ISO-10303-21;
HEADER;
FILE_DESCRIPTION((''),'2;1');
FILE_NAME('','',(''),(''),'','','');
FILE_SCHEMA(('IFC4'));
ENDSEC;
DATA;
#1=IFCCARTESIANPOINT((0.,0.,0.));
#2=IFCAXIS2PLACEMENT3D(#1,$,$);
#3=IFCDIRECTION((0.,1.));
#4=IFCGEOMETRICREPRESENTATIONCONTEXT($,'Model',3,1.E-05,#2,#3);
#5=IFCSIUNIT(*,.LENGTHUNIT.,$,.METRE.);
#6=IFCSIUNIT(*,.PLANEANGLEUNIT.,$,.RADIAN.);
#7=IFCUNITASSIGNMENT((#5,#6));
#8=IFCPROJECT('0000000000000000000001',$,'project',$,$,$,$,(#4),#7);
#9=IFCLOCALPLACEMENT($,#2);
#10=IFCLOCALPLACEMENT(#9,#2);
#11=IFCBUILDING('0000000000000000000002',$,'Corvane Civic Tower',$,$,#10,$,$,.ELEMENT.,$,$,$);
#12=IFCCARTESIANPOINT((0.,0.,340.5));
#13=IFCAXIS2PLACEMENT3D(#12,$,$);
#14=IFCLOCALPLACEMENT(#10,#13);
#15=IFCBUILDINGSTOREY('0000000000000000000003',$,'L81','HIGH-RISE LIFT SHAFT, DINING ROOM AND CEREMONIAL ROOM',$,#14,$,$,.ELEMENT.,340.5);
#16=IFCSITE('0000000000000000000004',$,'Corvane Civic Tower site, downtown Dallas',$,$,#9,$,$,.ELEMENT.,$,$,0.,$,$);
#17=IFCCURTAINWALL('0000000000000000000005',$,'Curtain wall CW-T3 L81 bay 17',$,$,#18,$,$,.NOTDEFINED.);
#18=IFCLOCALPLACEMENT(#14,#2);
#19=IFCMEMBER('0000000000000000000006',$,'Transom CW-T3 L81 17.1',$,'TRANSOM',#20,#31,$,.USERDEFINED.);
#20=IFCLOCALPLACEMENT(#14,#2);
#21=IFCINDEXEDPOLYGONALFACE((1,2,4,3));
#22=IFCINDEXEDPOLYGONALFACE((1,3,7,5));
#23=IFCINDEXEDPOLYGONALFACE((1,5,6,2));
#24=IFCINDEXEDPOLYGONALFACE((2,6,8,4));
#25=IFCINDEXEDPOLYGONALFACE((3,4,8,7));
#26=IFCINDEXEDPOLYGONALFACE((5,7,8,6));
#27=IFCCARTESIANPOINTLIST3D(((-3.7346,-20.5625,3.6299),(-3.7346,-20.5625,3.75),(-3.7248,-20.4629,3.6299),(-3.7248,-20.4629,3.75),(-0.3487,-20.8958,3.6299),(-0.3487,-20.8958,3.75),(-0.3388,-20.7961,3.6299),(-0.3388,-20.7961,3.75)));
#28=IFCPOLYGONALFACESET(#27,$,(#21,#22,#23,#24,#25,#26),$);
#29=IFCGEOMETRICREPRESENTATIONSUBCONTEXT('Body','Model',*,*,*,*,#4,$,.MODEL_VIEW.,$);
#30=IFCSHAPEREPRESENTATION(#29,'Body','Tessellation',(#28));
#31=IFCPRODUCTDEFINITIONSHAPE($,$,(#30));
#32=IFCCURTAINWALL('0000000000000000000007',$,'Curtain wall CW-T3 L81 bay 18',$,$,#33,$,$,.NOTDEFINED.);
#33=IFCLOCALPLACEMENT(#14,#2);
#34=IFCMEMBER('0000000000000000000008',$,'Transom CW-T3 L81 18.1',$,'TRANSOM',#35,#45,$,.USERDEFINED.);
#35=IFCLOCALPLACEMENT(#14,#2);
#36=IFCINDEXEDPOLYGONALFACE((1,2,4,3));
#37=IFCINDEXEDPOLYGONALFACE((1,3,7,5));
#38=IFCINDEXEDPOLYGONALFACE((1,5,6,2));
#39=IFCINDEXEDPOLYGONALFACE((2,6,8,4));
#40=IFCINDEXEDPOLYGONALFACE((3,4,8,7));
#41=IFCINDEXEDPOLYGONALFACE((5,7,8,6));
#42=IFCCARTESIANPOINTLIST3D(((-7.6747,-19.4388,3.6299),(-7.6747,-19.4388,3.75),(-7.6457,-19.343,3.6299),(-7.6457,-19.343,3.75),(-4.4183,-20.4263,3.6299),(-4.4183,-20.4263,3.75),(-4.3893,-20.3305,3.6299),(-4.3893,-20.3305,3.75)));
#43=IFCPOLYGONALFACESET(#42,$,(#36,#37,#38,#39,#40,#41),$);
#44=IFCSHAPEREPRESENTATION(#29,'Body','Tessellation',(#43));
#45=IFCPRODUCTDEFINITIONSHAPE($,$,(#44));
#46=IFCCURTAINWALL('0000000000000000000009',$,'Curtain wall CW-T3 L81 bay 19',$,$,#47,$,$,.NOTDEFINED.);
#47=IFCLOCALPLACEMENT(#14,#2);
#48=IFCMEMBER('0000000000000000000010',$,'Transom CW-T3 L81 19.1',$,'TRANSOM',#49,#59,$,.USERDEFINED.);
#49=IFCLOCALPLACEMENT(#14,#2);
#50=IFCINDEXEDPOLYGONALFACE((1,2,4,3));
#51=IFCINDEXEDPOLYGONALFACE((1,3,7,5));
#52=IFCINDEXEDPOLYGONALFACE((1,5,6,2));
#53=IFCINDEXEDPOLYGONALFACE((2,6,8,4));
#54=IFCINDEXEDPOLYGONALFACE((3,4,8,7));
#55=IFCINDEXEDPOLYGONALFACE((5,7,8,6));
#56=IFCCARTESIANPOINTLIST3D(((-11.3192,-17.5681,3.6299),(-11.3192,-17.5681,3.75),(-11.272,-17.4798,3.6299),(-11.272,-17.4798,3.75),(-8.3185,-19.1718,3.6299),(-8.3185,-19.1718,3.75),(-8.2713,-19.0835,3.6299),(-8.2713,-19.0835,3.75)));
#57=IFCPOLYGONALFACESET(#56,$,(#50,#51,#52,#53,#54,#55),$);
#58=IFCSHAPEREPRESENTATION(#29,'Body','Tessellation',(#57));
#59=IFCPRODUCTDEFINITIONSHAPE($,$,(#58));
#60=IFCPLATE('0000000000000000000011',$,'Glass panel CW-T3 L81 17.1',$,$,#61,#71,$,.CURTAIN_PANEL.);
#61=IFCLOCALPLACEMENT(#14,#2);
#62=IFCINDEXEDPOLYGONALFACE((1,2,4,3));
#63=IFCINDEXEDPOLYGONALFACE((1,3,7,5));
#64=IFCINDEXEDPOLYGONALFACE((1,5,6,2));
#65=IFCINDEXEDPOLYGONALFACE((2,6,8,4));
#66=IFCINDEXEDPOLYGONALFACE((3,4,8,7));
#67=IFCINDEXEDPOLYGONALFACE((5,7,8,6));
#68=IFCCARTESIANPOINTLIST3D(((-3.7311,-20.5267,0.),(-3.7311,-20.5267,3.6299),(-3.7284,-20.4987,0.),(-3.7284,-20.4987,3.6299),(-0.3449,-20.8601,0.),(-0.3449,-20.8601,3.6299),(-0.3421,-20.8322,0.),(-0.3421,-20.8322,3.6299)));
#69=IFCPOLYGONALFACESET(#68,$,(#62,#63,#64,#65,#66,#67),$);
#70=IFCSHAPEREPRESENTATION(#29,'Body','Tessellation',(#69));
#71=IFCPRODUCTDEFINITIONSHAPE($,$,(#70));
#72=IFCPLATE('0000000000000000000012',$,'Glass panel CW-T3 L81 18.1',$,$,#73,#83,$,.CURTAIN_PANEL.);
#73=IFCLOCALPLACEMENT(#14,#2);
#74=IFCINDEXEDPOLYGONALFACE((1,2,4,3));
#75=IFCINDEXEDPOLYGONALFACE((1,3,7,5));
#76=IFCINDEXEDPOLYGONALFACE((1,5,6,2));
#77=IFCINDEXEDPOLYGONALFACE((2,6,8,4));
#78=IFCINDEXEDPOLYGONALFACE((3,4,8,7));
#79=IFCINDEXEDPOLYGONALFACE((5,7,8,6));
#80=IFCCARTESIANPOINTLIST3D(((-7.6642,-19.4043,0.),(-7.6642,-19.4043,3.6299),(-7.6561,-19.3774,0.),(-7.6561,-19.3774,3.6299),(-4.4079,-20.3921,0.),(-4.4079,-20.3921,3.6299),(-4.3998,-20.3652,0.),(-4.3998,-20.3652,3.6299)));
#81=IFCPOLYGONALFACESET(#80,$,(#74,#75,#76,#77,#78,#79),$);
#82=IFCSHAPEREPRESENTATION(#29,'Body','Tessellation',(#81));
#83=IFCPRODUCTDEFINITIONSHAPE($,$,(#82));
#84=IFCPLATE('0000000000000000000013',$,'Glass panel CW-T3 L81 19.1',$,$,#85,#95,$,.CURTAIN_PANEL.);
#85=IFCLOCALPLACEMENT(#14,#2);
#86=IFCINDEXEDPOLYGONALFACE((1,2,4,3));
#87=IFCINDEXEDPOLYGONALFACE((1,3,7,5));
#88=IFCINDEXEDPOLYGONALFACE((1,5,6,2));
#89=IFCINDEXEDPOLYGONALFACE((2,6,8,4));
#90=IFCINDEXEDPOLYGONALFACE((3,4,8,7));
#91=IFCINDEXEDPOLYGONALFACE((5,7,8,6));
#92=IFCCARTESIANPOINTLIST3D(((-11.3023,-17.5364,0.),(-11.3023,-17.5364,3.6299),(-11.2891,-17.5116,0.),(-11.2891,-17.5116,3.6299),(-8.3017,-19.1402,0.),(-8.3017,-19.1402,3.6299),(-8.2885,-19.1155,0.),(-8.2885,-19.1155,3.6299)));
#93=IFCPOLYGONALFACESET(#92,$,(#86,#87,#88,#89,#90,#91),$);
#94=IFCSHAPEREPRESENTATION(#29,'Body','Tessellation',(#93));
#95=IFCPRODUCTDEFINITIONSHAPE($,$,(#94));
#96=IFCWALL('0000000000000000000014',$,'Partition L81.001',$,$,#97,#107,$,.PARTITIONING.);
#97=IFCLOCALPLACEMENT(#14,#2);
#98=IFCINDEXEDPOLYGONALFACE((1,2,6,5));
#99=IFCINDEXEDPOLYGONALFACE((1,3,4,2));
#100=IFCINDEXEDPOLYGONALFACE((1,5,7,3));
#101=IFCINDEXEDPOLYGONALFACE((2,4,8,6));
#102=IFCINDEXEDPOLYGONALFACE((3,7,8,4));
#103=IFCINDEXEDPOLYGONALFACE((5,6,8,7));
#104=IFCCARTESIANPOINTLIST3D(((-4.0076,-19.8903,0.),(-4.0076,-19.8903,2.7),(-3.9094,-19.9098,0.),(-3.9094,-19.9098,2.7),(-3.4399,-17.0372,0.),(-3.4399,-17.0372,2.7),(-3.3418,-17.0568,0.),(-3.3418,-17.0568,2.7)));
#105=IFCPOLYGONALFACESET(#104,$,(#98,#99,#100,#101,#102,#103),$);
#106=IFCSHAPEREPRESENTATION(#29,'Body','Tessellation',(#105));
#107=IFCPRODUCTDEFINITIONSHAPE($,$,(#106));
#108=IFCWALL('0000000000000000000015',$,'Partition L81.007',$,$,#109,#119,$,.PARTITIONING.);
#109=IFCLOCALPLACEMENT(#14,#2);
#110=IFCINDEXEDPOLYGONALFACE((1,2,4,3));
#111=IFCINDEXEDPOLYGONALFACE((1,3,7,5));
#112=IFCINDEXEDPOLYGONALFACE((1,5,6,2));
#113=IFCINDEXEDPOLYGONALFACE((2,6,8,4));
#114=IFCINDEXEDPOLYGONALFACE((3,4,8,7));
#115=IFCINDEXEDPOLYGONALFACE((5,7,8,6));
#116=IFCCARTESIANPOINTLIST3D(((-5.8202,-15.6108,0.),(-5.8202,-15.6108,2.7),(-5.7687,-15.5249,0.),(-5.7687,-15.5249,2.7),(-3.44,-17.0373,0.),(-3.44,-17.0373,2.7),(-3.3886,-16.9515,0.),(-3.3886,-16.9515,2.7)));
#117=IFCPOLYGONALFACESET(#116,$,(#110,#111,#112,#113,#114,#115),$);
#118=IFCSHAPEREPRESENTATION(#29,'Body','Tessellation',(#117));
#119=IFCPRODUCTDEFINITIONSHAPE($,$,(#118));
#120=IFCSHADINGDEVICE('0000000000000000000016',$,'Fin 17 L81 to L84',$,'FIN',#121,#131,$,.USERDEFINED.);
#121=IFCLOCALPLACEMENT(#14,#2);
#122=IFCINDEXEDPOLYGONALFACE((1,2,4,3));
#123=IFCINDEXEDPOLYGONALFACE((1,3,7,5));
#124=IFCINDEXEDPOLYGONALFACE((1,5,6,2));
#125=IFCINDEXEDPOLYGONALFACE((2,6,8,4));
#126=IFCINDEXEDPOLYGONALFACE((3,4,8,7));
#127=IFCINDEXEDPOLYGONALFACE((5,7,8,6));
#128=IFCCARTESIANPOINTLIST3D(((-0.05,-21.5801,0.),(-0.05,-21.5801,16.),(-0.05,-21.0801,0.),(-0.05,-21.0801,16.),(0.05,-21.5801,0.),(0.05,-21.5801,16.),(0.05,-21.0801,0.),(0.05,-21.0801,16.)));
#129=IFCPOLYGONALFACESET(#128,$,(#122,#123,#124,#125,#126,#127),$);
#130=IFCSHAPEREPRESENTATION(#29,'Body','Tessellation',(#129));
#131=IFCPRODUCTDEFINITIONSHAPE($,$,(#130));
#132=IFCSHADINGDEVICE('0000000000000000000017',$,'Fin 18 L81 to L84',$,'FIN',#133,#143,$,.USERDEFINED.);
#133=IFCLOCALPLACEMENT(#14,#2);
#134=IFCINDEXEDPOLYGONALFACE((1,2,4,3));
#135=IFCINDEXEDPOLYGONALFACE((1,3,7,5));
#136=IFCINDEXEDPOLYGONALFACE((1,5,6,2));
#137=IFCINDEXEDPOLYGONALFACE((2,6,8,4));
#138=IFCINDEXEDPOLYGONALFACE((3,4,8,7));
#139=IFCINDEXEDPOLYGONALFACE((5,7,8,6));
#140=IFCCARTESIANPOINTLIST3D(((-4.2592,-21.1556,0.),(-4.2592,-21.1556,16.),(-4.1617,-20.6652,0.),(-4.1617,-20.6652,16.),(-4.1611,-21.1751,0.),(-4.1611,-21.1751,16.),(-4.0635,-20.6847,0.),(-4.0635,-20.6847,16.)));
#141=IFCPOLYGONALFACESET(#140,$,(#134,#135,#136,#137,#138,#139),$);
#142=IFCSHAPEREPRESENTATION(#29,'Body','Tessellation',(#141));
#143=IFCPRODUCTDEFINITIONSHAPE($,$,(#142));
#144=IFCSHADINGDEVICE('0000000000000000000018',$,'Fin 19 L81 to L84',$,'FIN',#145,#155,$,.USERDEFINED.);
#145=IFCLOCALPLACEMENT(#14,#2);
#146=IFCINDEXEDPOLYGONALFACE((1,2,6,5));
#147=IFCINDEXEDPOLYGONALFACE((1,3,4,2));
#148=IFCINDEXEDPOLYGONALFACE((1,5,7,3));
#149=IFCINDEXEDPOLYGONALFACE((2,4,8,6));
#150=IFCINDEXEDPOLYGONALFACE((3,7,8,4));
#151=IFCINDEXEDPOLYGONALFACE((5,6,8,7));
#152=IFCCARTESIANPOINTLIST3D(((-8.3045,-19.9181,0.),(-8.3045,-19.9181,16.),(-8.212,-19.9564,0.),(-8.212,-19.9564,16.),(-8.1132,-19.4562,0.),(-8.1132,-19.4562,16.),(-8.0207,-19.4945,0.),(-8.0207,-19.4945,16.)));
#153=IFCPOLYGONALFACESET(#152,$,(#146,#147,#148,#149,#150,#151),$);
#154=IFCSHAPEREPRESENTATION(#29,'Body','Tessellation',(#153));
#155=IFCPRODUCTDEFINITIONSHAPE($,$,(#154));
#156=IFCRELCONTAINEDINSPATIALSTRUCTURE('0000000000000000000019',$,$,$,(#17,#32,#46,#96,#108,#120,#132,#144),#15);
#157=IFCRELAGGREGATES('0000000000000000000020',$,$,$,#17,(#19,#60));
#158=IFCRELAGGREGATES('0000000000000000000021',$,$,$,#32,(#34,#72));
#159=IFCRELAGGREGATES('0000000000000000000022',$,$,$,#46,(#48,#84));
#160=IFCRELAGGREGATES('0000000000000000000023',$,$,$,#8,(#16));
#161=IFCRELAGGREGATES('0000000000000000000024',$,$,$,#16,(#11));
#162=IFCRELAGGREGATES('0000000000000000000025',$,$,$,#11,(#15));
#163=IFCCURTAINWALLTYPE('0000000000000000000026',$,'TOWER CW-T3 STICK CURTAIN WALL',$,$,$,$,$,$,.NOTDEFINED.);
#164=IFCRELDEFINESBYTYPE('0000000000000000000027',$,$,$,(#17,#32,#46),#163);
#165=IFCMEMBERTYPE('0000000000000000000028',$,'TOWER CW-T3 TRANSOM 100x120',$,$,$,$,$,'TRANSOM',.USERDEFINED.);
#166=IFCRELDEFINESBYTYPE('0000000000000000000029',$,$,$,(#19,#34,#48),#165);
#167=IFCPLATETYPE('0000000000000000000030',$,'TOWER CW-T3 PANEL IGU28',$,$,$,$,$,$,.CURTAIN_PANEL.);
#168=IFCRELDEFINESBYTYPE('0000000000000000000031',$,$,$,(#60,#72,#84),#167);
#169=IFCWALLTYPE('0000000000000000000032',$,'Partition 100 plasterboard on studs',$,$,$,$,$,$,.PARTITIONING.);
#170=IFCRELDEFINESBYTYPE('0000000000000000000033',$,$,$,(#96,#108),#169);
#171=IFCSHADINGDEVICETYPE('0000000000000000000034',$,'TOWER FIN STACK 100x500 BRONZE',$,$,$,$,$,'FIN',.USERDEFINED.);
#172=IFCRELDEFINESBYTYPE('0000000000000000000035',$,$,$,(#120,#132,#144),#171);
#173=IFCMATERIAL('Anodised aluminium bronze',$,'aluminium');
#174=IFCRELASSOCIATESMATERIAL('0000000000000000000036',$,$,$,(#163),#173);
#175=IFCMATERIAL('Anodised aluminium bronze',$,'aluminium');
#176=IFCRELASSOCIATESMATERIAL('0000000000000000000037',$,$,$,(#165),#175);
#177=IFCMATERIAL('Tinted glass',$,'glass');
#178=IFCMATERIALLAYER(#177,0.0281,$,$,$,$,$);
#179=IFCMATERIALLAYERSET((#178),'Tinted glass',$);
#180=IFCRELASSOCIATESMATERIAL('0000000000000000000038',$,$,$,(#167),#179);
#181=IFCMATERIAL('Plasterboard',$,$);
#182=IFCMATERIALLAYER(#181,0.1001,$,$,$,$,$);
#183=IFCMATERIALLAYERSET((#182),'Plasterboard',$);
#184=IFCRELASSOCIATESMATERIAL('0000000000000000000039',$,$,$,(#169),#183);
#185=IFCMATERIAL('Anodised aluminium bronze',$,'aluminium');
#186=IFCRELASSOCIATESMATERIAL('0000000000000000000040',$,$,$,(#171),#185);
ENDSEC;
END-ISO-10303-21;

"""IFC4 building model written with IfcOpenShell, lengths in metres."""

from ifc_helpers import new_model, si_unit, direction, frame, frame_2d, origin, origin_2d, place, context, subcontext, project, spatial, rectangle, extrude, material, layer, layer_set, material_profile, profile_set, type_object, element, aggregate, save


model = new_model("IFC4")

# Units and contexts
model_context = context("Model", 3, precision=1e-05, world=origin(), true_north=direction((0.0, 1.0)))
body_context = subcontext(model_context, "Body", "Model", "MODEL_VIEW")
ifc_project = project(units=[si_unit("LENGTHUNIT", "METRE"), si_unit("PLANEANGLEUNIT", "RADIAN")], contexts=[model_context])

# Site, building, storey
site_placement = place(None, origin())
site = spatial("IfcSite", under=ifc_project, at=site_placement, Name="Corvane Civic Tower site, downtown Dallas", CompositionType="ELEMENT", RefElevation=0.0)
building_placement = place(site_placement, origin())
building = spatial("IfcBuilding", under=site, at=building_placement, Name="Corvane Civic Tower", CompositionType="ELEMENT")
storey_placement = place(building_placement, frame((0.0, 0.0, 340.5)))
storey = spatial("IfcBuildingStorey", under=building, at=storey_placement, Name="L81", Description="HIGH-RISE LIFT SHAFT, DINING ROOM AND CEREMONIAL ROOM", CompositionType="ELEMENT", Elevation=340.5)

# Curtain walls, members
ifc_material_1 = material(Name="Anodised aluminium bronze", Category="aluminium")
curtain_wall_type = type_object("IfcCurtainWallType", Name="TOWER CW-T3 STICK CURTAIN WALL", PredefinedType="NOTDEFINED", material=ifc_material_1)
curtain_wall_1_placement = place(storey_placement, origin())
curtain_wall_1 = element("IfcCurtainWall", 1, at=curtain_wall_1_placement, inside=storey, type_object=curtain_wall_type, Name="Curtain wall CW-T3 L81 bay 17", PredefinedType="NOTDEFINED")
ifc_material_2 = material(Name="Anodised aluminium bronze", Category="aluminium")
ifc_material_profile_1 = material_profile(ifc_material_2, rectangle(XDim=0.1001, YDim=0.1201, at=origin_2d()), Name="TOWER CW-T3 TRANSOM 100x120")
ifc_profile_set_1 = profile_set([ifc_material_profile_1], Name="Anodised aluminium bronze")
member_type = type_object("IfcMemberType", Name="TOWER CW-T3 TRANSOM 100x120", ElementType="TRANSOM", PredefinedType="USERDEFINED", material=ifc_profile_set_1)
member_1_placement = place(storey_placement, frame((-0.3438, -20.8459, 3.6899), z_axis=(-0.995192, 0.097948, 0.0), x_axis=(-0.097948, -0.995192, 0.0)))
member_1 = element("IfcMember", 2, at=member_1_placement, type_object=member_type, Name="Transom CW-T3 L81 17.1", ObjectType="TRANSOM", PredefinedType="USERDEFINED", context=body_context, shape_type="SweptSolid", body=[
    extrude(rectangle(XDim=0.1001, YDim=0.1201, at=origin_2d()), origin(), (0.0, 0.0, 1.0), 3.4023),
])
curtain_wall_2_placement = place(storey_placement, origin())
curtain_wall_2 = element("IfcCurtainWall", 3, at=curtain_wall_2_placement, inside=storey, type_object=curtain_wall_type, Name="Curtain wall CW-T3 L81 bay 18", PredefinedType="NOTDEFINED")
member_2_placement = place(storey_placement, frame((-4.4038, -20.3784, 3.6899), z_axis=(-0.956961, 0.290216, 0.0), x_axis=(-0.290216, -0.956961, 0.0)))
member_2 = element("IfcMember", 4, at=member_2_placement, type_object=member_type, Name="Transom CW-T3 L81 18.1", ObjectType="TRANSOM", PredefinedType="USERDEFINED", context=body_context, shape_type="SweptSolid", body=[
    extrude(rectangle(XDim=0.1001, YDim=0.1201, at=origin_2d()), origin(), (0.0, 0.0, 1.0), 3.4028),
])
curtain_wall_3_placement = place(storey_placement, origin())
curtain_wall_3 = element("IfcCurtainWall", 5, at=curtain_wall_3_placement, inside=storey, type_object=curtain_wall_type, Name="Curtain wall CW-T3 L81 bay 19", PredefinedType="NOTDEFINED")
member_3_placement = place(storey_placement, frame((-8.2949, -19.1277, 3.6899), z_axis=(-0.881941, 0.471359, 0.0), x_axis=(-0.471359, -0.881941, 0.0)))
member_3 = element("IfcMember", 6, at=member_3_placement, type_object=member_type, Name="Transom CW-T3 L81 19.1", ObjectType="TRANSOM", PredefinedType="USERDEFINED", context=body_context, shape_type="SweptSolid", body=[
    extrude(rectangle(XDim=0.1001, YDim=0.1201, at=origin_2d()), origin(), (0.0, 0.0, 1.0), 3.4023),
])

# Plates
ifc_material_3 = material(Name="Tinted glass", Category="glass")
ifc_layer_1 = layer(ifc_material_3, 0.0281)
ifc_layer_set_1 = layer_set([ifc_layer_1], Name="Tinted glass")
plate_type = type_object("IfcPlateType", Name="TOWER CW-T3 PANEL IGU28", PredefinedType="CURTAIN_PANEL", material=ifc_layer_set_1)
plate_1_placement = place(storey_placement, frame((-2.0366, -20.6794, 0.0), z_axis=(0.0, 0.0, 1.0), x_axis=(-0.995187, 0.097998, 0.0)))
plate_1 = element("IfcPlate", 7, at=plate_1_placement, type_object=plate_type, Name="Glass panel CW-T3 L81 17.1", PredefinedType="CURTAIN_PANEL", context=body_context, shape_type="SweptSolid", body=[
    extrude(rectangle(XDim=3.4026, YDim=0.0281, at=origin_2d()), origin(), (0.0, 0.0, 1.0), 3.6299),
])
aggregate(curtain_wall_1, [member_1, plate_1])
plate_2_placement = place(storey_placement, frame((-6.032, -19.8848, 0.0), z_axis=(0.0, 0.0, 1.0), x_axis=(-0.956939, 0.29029, 0.0)))
plate_2 = element("IfcPlate", 8, at=plate_2_placement, type_object=plate_type, Name="Glass panel CW-T3 L81 18.1", PredefinedType="CURTAIN_PANEL", context=body_context, shape_type="SweptSolid", body=[
    extrude(rectangle(XDim=3.4028, YDim=0.0281, at=origin_2d()), origin(), (0.0, 0.0, 1.0), 3.6299),
])
aggregate(curtain_wall_2, [member_2, plate_2])
plate_3_placement = place(storey_placement, frame((-9.7954, -18.3259, 0.0), z_axis=(0.0, 0.0, 1.0), x_axis=(-0.881928, 0.471384, 0.0)))
plate_3 = element("IfcPlate", 9, at=plate_3_placement, type_object=plate_type, Name="Glass panel CW-T3 L81 19.1", PredefinedType="CURTAIN_PANEL", context=body_context, shape_type="SweptSolid", body=[
    extrude(rectangle(XDim=3.4023, YDim=0.0281, at=origin_2d()), origin(), (0.0, 0.0, 1.0), 3.6299),
])
aggregate(curtain_wall_3, [member_3, plate_3])

# Walls
ifc_material_4 = material(Name="Plasterboard")
ifc_layer_2 = layer(ifc_material_4, 0.1001)
ifc_layer_set_2 = layer_set([ifc_layer_2], Name="Plasterboard")
wall_type = type_object("IfcWallType", Name="Partition 100 plasterboard on studs", PredefinedType="PARTITIONING", material=ifc_layer_set_2)
wall_1_placement = place(storey_placement, frame((-3.9585, -19.9001, 0.0), z_axis=(0.0, 0.0, 1.0), x_axis=(0.195132, 0.980777, 0.0)))
element("IfcWall", 10, at=wall_1_placement, inside=storey, type_object=wall_type, Name="Partition L81.001", PredefinedType="PARTITIONING", context=body_context, shape_type="SweptSolid", body=[
    extrude(rectangle(XDim=2.9089, YDim=0.1001, at=frame_2d((1.4546, 0.0))), origin(), (0.0, 0.0, 1.0), 2.7),
])
wall_2_placement = place(storey_placement, frame((-5.7944, -15.5679, 0.0), z_axis=(0.0, 0.0, 1.0), x_axis=(0.857741, -0.514082, 0.0)))
element("IfcWall", 11, at=wall_2_placement, inside=storey, type_object=wall_type, Name="Partition L81.007", PredefinedType="PARTITIONING", context=body_context, shape_type="SweptSolid", body=[
    extrude(rectangle(XDim=2.7749, YDim=0.1001, at=frame_2d((1.3875, 0.0))), origin(), (0.0, 0.0, 1.0), 2.7),
])

# Shading devices
ifc_material_5 = material(Name="Anodised aluminium bronze", Category="aluminium")
ifc_material_profile_2 = material_profile(ifc_material_5, rectangle(XDim=0.1001, YDim=0.5, at=origin_2d()), Name="TOWER FIN STACK 100x500 BRONZE")
ifc_profile_set_2 = profile_set([ifc_material_profile_2], Name="Anodised aluminium bronze")
shading_device_type = type_object("IfcShadingDeviceType", Name="TOWER FIN STACK 100x500 BRONZE", ElementType="FIN", PredefinedType="USERDEFINED", material=ifc_profile_set_2)
for number, where, z_axis, x_axis, name in (
    (12, (0.0, -21.3301, 0.0), (0.0, 0.0, 1.0), (-1.0, 0.0, 0.0), "Fin 17 L81 to L84"),
    (13, (-4.1614, -20.9202, 0.0), (0.0, 0.0, 1.0), (-0.980785, 0.19509, 0.0), "Fin 18 L81 to L84"),
    (14, (-8.1626, -19.7063, 0.0), (0.0, 0.0, 1.0), (-0.92388, 0.382683, 0.0), "Fin 19 L81 to L84"),
):
    element("IfcShadingDevice", number, at=place(storey_placement, frame(where, z_axis=z_axis, x_axis=x_axis)), inside=storey, type_object=shading_device_type, Name=name, ObjectType="FIN", PredefinedType="USERDEFINED", context=body_context, shape_type="SweptSolid", body=[
        extrude(rectangle(XDim=0.1001, YDim=0.5, at=origin_2d()), origin(), (0.0, 0.0, 1.0), 16.0),
    ])

save(model, "model.ifc")
